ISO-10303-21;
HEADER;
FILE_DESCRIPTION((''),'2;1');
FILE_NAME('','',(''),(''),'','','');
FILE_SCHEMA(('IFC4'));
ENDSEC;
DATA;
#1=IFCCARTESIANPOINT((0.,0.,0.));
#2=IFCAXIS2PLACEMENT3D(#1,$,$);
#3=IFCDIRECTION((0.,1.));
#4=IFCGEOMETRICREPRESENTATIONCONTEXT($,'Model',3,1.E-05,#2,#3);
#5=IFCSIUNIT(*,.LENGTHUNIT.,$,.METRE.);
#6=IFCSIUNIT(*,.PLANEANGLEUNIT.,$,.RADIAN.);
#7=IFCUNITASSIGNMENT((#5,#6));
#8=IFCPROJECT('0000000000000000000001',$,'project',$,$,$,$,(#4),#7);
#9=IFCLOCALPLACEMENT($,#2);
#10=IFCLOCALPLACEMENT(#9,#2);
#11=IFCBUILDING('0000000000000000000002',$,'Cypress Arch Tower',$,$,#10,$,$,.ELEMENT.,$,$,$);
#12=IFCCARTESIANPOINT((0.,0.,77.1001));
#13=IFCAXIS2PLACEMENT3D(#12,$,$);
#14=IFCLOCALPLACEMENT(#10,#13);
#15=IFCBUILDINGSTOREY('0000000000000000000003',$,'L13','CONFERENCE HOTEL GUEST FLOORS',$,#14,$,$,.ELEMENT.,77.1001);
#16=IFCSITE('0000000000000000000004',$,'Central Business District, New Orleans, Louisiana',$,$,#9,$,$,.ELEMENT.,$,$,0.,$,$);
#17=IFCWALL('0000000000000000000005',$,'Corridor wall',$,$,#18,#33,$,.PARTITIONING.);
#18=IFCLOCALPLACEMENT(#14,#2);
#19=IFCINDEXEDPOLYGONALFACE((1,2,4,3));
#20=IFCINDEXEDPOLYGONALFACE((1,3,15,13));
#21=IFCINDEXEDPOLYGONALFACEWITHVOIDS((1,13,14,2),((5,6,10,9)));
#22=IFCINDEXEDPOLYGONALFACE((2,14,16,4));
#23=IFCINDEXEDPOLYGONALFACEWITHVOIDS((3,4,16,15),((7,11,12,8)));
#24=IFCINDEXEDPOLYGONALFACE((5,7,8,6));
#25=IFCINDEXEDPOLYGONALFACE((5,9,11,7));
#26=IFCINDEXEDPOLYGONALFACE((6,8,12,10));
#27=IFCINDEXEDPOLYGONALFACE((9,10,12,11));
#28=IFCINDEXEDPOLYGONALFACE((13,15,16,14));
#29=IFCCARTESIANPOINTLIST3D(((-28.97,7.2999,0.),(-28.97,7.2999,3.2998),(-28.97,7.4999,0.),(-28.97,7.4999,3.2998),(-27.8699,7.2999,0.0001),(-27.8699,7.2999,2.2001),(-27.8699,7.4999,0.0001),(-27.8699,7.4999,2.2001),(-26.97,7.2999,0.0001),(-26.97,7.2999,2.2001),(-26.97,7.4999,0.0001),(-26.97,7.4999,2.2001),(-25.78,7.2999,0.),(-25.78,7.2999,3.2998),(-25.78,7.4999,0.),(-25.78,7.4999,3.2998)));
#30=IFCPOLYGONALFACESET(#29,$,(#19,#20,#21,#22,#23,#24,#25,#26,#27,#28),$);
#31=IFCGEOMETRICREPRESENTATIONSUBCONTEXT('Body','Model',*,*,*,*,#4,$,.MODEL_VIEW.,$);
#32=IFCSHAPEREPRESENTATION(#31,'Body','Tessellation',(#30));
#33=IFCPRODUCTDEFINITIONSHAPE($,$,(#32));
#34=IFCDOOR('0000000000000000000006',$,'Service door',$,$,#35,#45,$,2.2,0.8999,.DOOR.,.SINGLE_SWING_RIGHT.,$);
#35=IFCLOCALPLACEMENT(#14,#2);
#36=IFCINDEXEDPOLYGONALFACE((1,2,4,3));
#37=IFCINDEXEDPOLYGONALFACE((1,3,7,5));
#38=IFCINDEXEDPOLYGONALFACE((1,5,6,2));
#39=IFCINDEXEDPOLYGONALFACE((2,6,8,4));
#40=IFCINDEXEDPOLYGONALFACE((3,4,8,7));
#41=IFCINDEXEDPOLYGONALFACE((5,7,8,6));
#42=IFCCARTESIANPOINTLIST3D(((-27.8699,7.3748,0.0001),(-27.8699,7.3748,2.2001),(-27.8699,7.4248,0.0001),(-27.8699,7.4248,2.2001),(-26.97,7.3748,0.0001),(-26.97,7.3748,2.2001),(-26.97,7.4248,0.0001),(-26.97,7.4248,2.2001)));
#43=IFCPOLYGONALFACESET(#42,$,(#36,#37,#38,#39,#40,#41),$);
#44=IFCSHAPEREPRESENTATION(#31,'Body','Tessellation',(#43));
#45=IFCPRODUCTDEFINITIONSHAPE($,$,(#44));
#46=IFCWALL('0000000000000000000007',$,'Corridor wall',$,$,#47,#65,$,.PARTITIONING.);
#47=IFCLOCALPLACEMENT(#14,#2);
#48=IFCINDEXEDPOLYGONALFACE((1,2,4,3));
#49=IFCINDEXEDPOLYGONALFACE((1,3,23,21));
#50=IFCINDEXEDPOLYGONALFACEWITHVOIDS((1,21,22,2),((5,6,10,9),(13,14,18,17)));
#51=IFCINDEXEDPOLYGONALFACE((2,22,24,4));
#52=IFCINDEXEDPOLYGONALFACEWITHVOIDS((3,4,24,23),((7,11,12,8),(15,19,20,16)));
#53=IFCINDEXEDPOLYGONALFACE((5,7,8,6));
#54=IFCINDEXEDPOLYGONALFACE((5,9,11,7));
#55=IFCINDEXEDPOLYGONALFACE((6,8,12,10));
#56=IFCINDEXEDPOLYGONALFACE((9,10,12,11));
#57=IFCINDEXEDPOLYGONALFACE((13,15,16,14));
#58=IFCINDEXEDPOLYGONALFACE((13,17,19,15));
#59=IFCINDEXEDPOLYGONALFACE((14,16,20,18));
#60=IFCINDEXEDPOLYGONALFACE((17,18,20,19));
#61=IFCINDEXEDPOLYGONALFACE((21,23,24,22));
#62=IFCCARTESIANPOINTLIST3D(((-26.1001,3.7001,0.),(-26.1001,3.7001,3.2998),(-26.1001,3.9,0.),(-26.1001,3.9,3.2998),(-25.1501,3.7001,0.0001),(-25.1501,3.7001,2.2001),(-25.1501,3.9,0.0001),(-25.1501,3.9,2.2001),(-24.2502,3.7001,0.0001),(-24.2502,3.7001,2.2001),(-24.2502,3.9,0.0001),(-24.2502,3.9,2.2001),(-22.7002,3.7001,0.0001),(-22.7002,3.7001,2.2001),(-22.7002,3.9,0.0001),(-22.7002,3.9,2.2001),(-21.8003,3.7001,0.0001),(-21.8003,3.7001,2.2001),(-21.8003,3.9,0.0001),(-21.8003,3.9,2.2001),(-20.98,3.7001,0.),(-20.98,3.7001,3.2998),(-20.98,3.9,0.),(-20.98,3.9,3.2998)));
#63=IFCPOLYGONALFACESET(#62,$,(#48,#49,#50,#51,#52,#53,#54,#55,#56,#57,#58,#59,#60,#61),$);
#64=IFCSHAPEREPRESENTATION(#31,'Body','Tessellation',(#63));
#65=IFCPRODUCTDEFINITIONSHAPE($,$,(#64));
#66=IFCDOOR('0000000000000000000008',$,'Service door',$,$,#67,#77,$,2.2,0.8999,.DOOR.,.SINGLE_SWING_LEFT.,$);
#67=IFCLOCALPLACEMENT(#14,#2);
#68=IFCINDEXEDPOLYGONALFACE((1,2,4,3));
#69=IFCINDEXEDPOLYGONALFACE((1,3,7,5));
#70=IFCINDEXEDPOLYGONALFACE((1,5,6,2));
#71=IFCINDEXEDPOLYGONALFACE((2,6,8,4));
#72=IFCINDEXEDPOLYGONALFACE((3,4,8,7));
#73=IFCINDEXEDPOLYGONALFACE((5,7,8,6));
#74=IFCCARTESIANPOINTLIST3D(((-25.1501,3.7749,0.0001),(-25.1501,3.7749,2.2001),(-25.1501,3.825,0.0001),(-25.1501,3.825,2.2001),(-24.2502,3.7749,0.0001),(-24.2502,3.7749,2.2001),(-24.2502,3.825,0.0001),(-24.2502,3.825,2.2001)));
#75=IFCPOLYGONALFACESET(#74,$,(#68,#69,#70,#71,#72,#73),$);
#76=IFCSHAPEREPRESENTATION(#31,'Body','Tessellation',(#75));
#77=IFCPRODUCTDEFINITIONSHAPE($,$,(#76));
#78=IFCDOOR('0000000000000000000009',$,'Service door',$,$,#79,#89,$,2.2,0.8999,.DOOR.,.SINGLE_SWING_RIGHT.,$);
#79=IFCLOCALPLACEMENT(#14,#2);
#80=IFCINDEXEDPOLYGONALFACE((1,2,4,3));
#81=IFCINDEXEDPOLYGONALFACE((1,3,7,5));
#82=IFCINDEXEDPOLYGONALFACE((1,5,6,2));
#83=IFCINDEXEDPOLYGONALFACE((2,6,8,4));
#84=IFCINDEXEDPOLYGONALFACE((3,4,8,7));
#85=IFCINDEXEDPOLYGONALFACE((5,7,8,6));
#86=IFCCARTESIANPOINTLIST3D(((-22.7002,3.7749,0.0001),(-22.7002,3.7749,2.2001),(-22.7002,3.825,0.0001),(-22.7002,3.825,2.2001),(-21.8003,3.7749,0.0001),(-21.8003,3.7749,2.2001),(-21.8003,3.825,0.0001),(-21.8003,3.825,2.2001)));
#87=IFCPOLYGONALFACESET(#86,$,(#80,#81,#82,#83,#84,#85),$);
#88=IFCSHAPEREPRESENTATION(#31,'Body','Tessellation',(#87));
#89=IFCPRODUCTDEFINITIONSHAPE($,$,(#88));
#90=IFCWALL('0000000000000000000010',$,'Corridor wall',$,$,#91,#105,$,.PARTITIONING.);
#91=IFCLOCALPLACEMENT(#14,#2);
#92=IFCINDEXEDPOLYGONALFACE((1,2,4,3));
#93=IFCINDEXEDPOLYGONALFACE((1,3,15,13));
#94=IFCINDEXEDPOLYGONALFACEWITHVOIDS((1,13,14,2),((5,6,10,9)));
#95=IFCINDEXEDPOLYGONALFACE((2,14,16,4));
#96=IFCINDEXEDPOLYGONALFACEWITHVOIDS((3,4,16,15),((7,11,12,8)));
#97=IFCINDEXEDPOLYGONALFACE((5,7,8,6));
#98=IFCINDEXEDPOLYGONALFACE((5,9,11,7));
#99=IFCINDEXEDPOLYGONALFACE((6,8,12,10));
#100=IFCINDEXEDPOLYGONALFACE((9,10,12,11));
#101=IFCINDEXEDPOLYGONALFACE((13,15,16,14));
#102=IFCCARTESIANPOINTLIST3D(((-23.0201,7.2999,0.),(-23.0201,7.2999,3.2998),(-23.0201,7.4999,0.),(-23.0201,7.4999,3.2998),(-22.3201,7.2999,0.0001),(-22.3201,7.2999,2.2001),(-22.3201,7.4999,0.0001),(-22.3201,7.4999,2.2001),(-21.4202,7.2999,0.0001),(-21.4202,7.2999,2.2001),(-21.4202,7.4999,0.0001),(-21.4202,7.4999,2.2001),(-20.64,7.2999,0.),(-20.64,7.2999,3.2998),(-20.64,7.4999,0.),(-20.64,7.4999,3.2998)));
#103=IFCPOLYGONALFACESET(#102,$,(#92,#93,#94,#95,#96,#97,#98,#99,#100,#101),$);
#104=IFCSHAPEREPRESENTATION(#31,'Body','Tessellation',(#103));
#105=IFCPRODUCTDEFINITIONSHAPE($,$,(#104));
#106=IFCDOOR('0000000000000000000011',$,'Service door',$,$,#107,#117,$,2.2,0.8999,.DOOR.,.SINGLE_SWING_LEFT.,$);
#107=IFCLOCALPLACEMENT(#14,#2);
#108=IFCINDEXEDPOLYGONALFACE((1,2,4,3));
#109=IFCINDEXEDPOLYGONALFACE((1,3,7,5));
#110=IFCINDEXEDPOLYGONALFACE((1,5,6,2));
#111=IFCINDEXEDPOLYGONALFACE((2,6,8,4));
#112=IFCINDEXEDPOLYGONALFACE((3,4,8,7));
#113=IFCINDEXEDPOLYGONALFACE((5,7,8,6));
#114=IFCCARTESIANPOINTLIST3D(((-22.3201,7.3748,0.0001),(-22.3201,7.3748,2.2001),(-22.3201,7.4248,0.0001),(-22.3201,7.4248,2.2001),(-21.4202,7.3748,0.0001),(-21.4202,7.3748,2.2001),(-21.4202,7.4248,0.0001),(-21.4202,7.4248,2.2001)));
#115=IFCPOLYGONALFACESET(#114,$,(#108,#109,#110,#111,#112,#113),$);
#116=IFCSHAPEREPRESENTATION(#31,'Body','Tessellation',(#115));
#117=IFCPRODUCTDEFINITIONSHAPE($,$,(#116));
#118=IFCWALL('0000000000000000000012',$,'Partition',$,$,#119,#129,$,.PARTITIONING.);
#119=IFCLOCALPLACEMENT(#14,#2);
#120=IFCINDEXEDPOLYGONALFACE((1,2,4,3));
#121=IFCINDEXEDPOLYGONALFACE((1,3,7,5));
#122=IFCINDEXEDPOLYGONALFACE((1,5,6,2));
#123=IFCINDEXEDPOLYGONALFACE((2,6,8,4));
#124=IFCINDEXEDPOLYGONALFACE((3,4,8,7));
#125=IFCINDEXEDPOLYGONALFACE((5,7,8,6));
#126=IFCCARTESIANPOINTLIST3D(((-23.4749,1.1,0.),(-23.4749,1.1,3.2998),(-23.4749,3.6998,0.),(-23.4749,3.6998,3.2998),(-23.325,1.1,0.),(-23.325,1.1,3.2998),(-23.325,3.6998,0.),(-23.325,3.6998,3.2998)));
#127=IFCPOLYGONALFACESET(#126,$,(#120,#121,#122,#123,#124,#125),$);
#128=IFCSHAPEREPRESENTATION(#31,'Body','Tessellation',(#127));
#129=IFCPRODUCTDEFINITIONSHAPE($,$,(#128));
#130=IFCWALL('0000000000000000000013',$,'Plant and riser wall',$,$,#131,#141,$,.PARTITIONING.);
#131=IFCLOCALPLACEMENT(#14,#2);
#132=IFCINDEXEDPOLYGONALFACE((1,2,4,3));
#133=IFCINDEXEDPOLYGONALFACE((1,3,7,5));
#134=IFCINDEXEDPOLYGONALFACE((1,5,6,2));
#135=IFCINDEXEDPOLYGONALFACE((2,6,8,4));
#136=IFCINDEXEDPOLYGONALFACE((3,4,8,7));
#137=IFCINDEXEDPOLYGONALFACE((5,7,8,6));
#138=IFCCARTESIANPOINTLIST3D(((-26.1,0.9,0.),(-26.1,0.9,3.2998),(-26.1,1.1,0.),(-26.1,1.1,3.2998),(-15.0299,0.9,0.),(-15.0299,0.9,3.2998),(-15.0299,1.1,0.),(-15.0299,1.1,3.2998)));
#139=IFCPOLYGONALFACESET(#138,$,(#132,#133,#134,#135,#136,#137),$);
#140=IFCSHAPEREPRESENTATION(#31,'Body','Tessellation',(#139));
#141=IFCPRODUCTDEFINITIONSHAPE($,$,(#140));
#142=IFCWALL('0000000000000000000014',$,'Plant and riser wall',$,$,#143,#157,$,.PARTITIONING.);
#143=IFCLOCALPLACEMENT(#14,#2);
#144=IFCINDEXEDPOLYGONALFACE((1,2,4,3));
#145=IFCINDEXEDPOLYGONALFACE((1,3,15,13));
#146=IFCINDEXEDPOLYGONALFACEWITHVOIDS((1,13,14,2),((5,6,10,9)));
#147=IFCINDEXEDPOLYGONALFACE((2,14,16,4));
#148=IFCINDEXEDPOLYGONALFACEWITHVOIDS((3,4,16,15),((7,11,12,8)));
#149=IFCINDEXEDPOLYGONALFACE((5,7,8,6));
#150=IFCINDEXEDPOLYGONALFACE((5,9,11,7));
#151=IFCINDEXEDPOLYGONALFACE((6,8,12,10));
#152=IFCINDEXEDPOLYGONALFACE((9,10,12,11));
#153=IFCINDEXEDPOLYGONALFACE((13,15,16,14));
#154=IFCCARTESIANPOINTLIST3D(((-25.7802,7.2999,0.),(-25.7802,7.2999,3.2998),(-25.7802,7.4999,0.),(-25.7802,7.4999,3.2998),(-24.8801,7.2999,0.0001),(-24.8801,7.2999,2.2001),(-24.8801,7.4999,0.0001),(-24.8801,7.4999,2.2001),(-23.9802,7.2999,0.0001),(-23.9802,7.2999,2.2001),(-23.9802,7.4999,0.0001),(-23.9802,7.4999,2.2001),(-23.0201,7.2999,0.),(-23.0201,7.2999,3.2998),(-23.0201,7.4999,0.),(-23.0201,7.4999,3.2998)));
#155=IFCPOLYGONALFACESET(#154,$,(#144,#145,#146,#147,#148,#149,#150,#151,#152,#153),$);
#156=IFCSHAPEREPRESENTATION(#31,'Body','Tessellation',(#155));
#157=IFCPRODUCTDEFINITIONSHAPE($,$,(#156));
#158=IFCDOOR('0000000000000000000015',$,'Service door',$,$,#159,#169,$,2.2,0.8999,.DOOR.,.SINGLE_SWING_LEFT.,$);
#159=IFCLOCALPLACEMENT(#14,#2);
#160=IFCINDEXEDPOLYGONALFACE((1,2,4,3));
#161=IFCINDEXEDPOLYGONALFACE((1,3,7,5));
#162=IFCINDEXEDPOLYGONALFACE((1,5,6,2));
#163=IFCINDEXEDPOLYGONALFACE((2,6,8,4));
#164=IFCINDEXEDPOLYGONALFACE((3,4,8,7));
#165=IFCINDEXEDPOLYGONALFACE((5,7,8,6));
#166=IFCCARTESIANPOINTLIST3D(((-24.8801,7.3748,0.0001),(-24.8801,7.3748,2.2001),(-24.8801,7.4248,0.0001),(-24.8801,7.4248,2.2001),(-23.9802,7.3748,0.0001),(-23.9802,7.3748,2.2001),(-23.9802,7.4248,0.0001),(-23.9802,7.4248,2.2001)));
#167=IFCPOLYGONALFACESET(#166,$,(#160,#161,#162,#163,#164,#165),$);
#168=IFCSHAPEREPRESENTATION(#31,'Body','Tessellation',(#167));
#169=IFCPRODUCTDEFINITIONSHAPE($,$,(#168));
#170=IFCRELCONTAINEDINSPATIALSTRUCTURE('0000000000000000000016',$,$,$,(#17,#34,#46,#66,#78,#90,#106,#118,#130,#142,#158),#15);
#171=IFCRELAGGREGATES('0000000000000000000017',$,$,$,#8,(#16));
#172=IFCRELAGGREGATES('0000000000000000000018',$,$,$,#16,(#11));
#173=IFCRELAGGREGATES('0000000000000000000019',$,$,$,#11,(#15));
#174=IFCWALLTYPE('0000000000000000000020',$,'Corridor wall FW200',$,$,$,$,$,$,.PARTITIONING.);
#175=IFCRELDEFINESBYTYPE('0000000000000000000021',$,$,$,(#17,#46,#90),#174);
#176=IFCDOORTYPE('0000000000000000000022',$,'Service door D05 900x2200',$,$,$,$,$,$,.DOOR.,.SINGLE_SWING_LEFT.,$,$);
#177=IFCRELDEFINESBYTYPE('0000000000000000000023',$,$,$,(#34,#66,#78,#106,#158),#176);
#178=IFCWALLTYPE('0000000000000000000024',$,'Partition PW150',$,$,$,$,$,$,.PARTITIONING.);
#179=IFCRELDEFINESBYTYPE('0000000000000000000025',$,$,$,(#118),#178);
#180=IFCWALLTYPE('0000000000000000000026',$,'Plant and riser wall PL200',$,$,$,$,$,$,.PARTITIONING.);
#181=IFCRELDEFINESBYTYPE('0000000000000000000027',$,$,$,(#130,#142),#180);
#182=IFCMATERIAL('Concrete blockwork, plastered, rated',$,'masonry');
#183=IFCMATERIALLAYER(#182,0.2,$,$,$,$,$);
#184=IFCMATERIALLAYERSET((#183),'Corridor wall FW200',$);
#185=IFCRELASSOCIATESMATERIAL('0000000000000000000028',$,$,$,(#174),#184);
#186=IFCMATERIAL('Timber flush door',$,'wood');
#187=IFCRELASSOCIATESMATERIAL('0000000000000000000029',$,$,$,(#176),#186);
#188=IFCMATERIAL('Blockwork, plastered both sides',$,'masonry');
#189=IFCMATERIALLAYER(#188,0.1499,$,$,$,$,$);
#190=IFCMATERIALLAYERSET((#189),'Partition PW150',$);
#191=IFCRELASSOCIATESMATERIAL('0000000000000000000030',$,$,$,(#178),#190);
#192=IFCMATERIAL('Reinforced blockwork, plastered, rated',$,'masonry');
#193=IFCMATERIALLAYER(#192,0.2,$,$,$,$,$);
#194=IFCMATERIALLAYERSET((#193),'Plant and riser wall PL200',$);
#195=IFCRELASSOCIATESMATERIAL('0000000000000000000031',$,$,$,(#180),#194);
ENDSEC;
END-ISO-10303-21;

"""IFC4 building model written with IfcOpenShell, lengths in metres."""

from ifc_helpers import new_model, si_unit, direction, frame, frame_2d, origin, place, context, subcontext, project, spatial, rectangle, extrude, material, layer, layer_set, type_object, element, fill, save


model = new_model("IFC4")

# Units and contexts
model_context = context("Model", 3, precision=1e-05, world=origin(), true_north=direction((0.0, 1.0)))
body_context = subcontext(model_context, "Body", "Model", "MODEL_VIEW")
ifc_project = project(units=[si_unit("LENGTHUNIT", "METRE"), si_unit("PLANEANGLEUNIT", "RADIAN")], contexts=[model_context])

# Site, building, storey
site_placement = place(None, origin())
site = spatial("IfcSite", under=ifc_project, at=site_placement, Name="Central Business District, New Orleans, Louisiana", CompositionType="ELEMENT", RefElevation=0.0)
building_placement = place(site_placement, origin())
building = spatial("IfcBuilding", under=site, at=building_placement, Name="Cypress Arch Tower", CompositionType="ELEMENT")
storey_placement = place(building_placement, frame((0.0, 0.0, 77.1001)))
storey = spatial("IfcBuildingStorey", under=building, at=storey_placement, Name="L13", Description="CONFERENCE HOTEL GUEST FLOORS", CompositionType="ELEMENT", Elevation=77.1001)

# Wall, opening, door
ifc_material_1 = material(Name="Concrete blockwork, plastered, rated", Category="masonry")
ifc_layer_1 = layer(ifc_material_1, 0.2)
ifc_layer_set_1 = layer_set([ifc_layer_1], Name="Corridor wall FW200")
wall_type_1 = type_object("IfcWallType", Name="Corridor wall FW200", PredefinedType="PARTITIONING", material=ifc_layer_set_1)
wall_1_placement = place(storey_placement, frame((-28.97, 7.3999, 0.0), z_axis=(0.0, 0.0, 1.0), x_axis=(1.0, 0.0, 0.0)))
wall_1 = element("IfcWall", 1, at=wall_1_placement, inside=storey, type_object=wall_type_1, Name="Corridor wall", PredefinedType="PARTITIONING", context=body_context, shape_type="SweptSolid", body=[
    extrude(rectangle(XDim=3.1899, YDim=0.2, at=frame_2d((1.595, 0.0))), origin(), (0.0, 0.0, 1.0), 3.2998),
])
opening_1_placement = place(wall_1_placement, frame((1.1001, 0.0, 0.0)))
opening_1 = element("IfcOpeningElement", 2, at=opening_1_placement, cuts=wall_1, PredefinedType="OPENING", context=body_context, shape_type="SweptSolid", body=[
    extrude(rectangle(XDim=0.8999, YDim=2.2, at=frame_2d((0.45, 1.1001))), frame((0.0, 0.1099, 0.0), z_axis=(0.0, -1.0, 0.0), x_axis=(1.0, 0.0, 0.0)), (0.0, 0.0, 1.0), 0.22),
])
ifc_material_2 = material(Name="Timber flush door", Category="wood")
door_type = type_object("IfcDoorType", Name="Service door D05 900x2200", OperationType="SINGLE_SWING_LEFT", PredefinedType="DOOR", material=ifc_material_2)
door_1_placement = place(opening_1_placement, origin())
door_1 = element("IfcDoor", 3, at=door_1_placement, inside=storey, type_object=door_type, Name="Service door", OperationType="SINGLE_SWING_RIGHT", OverallHeight=2.2, OverallWidth=0.8999, PredefinedType="DOOR", context=body_context, shape_type="SweptSolid", body=[
    extrude(rectangle(XDim=0.8999, YDim=2.2, at=frame_2d((0.45, 1.1001))), frame((0.0, 0.0249, 0.0), z_axis=(0.0, -1.0, 0.0), x_axis=(1.0, 0.0, 0.0)), (0.0, 0.0, 1.0), 0.05),
])
fill(opening_1, door_1)

# Wall, openings, doors
wall_2_placement = place(storey_placement, frame((-26.1001, 3.8, 0.0), z_axis=(0.0, 0.0, 1.0), x_axis=(1.0, 0.0, 0.0)))
wall_2 = element("IfcWall", 4, at=wall_2_placement, inside=storey, type_object=wall_type_1, Name="Corridor wall", PredefinedType="PARTITIONING", context=body_context, shape_type="SweptSolid", body=[
    extrude(rectangle(XDim=5.1201, YDim=0.2, at=frame_2d((2.5601, 0.0))), origin(), (0.0, 0.0, 1.0), 3.2998),
])
opening_2_placement = place(wall_2_placement, frame((0.95, 0.0, 0.0)))
opening_2 = element("IfcOpeningElement", 5, at=opening_2_placement, cuts=wall_2, PredefinedType="OPENING", context=body_context, shape_type="SweptSolid", body=[
    extrude(rectangle(XDim=0.8999, YDim=2.2, at=frame_2d((0.45, 1.1001))), frame((0.0, 0.1099, 0.0), z_axis=(0.0, -1.0, 0.0), x_axis=(1.0, 0.0, 0.0)), (0.0, 0.0, 1.0), 0.22),
])
opening_3_placement = place(wall_2_placement, frame((3.3999, 0.0, 0.0)))
opening_3 = element("IfcOpeningElement", 6, at=opening_3_placement, cuts=wall_2, PredefinedType="OPENING", context=body_context, shape_type="SweptSolid", body=[
    extrude(rectangle(XDim=0.8999, YDim=2.2, at=frame_2d((0.45, 1.1001))), frame((0.0, 0.1099, 0.0), z_axis=(0.0, -1.0, 0.0), x_axis=(1.0, 0.0, 0.0)), (0.0, 0.0, 1.0), 0.22),
])
door_2_placement = place(opening_2_placement, origin())
door_2 = element("IfcDoor", 7, at=door_2_placement, inside=storey, type_object=door_type, Name="Service door", OperationType="SINGLE_SWING_LEFT", OverallHeight=2.2, OverallWidth=0.8999, PredefinedType="DOOR", context=body_context, shape_type="SweptSolid", body=[
    extrude(rectangle(XDim=0.8999, YDim=2.2, at=frame_2d((0.45, 1.1001))), frame((0.0, 0.0249, 0.0), z_axis=(0.0, -1.0, 0.0), x_axis=(1.0, 0.0, 0.0)), (0.0, 0.0, 1.0), 0.05),
])
fill(opening_2, door_2)
door_3_placement = place(opening_3_placement, origin())
door_3 = element("IfcDoor", 8, at=door_3_placement, inside=storey, type_object=door_type, Name="Service door", OperationType="SINGLE_SWING_RIGHT", OverallHeight=2.2, OverallWidth=0.8999, PredefinedType="DOOR", context=body_context, shape_type="SweptSolid", body=[
    extrude(rectangle(XDim=0.8999, YDim=2.2, at=frame_2d((0.45, 1.1001))), frame((0.0, 0.0249, 0.0), z_axis=(0.0, -1.0, 0.0), x_axis=(1.0, 0.0, 0.0)), (0.0, 0.0, 1.0), 0.05),
])
fill(opening_3, door_3)

# Wall, opening, door
wall_3_placement = place(storey_placement, frame((-23.02, 7.3999, 0.0), z_axis=(0.0, 0.0, 1.0), x_axis=(1.0, 0.0, 0.0)))
wall_3 = element("IfcWall", 9, at=wall_3_placement, inside=storey, type_object=wall_type_1, Name="Corridor wall", PredefinedType="PARTITIONING", context=body_context, shape_type="SweptSolid", body=[
    extrude(rectangle(XDim=2.3801, YDim=0.2, at=frame_2d((1.1899, 0.0))), origin(), (0.0, 0.0, 1.0), 3.2998),
])
opening_4_placement = place(wall_3_placement, frame((0.7, 0.0, 0.0)))
opening_4 = element("IfcOpeningElement", 10, at=opening_4_placement, cuts=wall_3, PredefinedType="OPENING", context=body_context, shape_type="SweptSolid", body=[
    extrude(rectangle(XDim=0.8999, YDim=2.2, at=frame_2d((0.45, 1.1001))), frame((0.0, 0.1099, 0.0), z_axis=(0.0, -1.0, 0.0), x_axis=(1.0, 0.0, 0.0)), (0.0, 0.0, 1.0), 0.22),
])
door_4_placement = place(opening_4_placement, origin())
door_4 = element("IfcDoor", 11, at=door_4_placement, inside=storey, type_object=door_type, Name="Service door", OperationType="SINGLE_SWING_LEFT", OverallHeight=2.2, OverallWidth=0.8999, PredefinedType="DOOR", context=body_context, shape_type="SweptSolid", body=[
    extrude(rectangle(XDim=0.8999, YDim=2.2, at=frame_2d((0.45, 1.1001))), frame((0.0, 0.0249, 0.0), z_axis=(0.0, -1.0, 0.0), x_axis=(1.0, 0.0, 0.0)), (0.0, 0.0, 1.0), 0.05),
])
fill(opening_4, door_4)

# Walls
ifc_material_3 = material(Name="Blockwork, plastered both sides", Category="masonry")
ifc_layer_2 = layer(ifc_material_3, 0.1499)
ifc_layer_set_2 = layer_set([ifc_layer_2], Name="Partition PW150")
wall_type_2 = type_object("IfcWallType", Name="Partition PW150", PredefinedType="PARTITIONING", material=ifc_layer_set_2)
wall_4_placement = place(storey_placement, frame((-23.3999, 1.1001, 0.0), z_axis=(0.0, 0.0, 1.0), x_axis=(0.0, 1.0, 0.0)))
element("IfcWall", 12, at=wall_4_placement, inside=storey, type_object=wall_type_2, Name="Partition", PredefinedType="PARTITIONING", context=body_context, shape_type="SweptSolid", body=[
    extrude(rectangle(XDim=2.5999, YDim=0.1499, at=frame_2d((1.2998, 0.0))), origin(), (0.0, 0.0, 1.0), 3.2998),
])
ifc_material_4 = material(Name="Reinforced blockwork, plastered, rated", Category="masonry")
ifc_layer_3 = layer(ifc_material_4, 0.2)
ifc_layer_set_3 = layer_set([ifc_layer_3], Name="Plant and riser wall PL200")
wall_type_3 = type_object("IfcWallType", Name="Plant and riser wall PL200", PredefinedType="PARTITIONING", material=ifc_layer_set_3)
wall_5_placement = place(storey_placement, frame((-26.1001, 1.0, 0.0), z_axis=(0.0, 0.0, 1.0), x_axis=(1.0, 0.0, 0.0)))
element("IfcWall", 13, at=wall_5_placement, inside=storey, type_object=wall_type_3, Name="Plant and riser wall", PredefinedType="PARTITIONING", context=body_context, shape_type="SweptSolid", body=[
    extrude(rectangle(XDim=11.0701, YDim=0.2, at=frame_2d((5.5352, 0.0))), origin(), (0.0, 0.0, 1.0), 3.2998),
])

# Wall, opening, door
wall_6_placement = place(storey_placement, frame((-25.78, 7.3999, 0.0), z_axis=(0.0, 0.0, 1.0), x_axis=(1.0, 0.0, 0.0)))
wall_6 = element("IfcWall", 14, at=wall_6_placement, inside=storey, type_object=wall_type_3, Name="Plant and riser wall", PredefinedType="PARTITIONING", context=body_context, shape_type="SweptSolid", body=[
    extrude(rectangle(XDim=2.76, YDim=0.2, at=frame_2d((1.3799, 0.0))), origin(), (0.0, 0.0, 1.0), 3.2998),
])
opening_5_placement = place(wall_6_placement, frame((0.8999, 0.0, 0.0)))
opening_5 = element("IfcOpeningElement", 15, at=opening_5_placement, cuts=wall_6, PredefinedType="OPENING", context=body_context, shape_type="SweptSolid", body=[
    extrude(rectangle(XDim=0.8999, YDim=2.2, at=frame_2d((0.45, 1.1001))), frame((0.0, 0.1099, 0.0), z_axis=(0.0, -1.0, 0.0), x_axis=(1.0, 0.0, 0.0)), (0.0, 0.0, 1.0), 0.22),
])
door_5_placement = place(opening_5_placement, origin())
door_5 = element("IfcDoor", 16, at=door_5_placement, inside=storey, type_object=door_type, Name="Service door", OperationType="SINGLE_SWING_LEFT", OverallHeight=2.2, OverallWidth=0.8999, PredefinedType="DOOR", context=body_context, shape_type="SweptSolid", body=[
    extrude(rectangle(XDim=0.8999, YDim=2.2, at=frame_2d((0.45, 1.1001))), frame((0.0, 0.0249, 0.0), z_axis=(0.0, -1.0, 0.0), x_axis=(1.0, 0.0, 0.0)), (0.0, 0.0, 1.0), 0.05),
])
fill(opening_5, door_5)

save(model, "model.ifc")
